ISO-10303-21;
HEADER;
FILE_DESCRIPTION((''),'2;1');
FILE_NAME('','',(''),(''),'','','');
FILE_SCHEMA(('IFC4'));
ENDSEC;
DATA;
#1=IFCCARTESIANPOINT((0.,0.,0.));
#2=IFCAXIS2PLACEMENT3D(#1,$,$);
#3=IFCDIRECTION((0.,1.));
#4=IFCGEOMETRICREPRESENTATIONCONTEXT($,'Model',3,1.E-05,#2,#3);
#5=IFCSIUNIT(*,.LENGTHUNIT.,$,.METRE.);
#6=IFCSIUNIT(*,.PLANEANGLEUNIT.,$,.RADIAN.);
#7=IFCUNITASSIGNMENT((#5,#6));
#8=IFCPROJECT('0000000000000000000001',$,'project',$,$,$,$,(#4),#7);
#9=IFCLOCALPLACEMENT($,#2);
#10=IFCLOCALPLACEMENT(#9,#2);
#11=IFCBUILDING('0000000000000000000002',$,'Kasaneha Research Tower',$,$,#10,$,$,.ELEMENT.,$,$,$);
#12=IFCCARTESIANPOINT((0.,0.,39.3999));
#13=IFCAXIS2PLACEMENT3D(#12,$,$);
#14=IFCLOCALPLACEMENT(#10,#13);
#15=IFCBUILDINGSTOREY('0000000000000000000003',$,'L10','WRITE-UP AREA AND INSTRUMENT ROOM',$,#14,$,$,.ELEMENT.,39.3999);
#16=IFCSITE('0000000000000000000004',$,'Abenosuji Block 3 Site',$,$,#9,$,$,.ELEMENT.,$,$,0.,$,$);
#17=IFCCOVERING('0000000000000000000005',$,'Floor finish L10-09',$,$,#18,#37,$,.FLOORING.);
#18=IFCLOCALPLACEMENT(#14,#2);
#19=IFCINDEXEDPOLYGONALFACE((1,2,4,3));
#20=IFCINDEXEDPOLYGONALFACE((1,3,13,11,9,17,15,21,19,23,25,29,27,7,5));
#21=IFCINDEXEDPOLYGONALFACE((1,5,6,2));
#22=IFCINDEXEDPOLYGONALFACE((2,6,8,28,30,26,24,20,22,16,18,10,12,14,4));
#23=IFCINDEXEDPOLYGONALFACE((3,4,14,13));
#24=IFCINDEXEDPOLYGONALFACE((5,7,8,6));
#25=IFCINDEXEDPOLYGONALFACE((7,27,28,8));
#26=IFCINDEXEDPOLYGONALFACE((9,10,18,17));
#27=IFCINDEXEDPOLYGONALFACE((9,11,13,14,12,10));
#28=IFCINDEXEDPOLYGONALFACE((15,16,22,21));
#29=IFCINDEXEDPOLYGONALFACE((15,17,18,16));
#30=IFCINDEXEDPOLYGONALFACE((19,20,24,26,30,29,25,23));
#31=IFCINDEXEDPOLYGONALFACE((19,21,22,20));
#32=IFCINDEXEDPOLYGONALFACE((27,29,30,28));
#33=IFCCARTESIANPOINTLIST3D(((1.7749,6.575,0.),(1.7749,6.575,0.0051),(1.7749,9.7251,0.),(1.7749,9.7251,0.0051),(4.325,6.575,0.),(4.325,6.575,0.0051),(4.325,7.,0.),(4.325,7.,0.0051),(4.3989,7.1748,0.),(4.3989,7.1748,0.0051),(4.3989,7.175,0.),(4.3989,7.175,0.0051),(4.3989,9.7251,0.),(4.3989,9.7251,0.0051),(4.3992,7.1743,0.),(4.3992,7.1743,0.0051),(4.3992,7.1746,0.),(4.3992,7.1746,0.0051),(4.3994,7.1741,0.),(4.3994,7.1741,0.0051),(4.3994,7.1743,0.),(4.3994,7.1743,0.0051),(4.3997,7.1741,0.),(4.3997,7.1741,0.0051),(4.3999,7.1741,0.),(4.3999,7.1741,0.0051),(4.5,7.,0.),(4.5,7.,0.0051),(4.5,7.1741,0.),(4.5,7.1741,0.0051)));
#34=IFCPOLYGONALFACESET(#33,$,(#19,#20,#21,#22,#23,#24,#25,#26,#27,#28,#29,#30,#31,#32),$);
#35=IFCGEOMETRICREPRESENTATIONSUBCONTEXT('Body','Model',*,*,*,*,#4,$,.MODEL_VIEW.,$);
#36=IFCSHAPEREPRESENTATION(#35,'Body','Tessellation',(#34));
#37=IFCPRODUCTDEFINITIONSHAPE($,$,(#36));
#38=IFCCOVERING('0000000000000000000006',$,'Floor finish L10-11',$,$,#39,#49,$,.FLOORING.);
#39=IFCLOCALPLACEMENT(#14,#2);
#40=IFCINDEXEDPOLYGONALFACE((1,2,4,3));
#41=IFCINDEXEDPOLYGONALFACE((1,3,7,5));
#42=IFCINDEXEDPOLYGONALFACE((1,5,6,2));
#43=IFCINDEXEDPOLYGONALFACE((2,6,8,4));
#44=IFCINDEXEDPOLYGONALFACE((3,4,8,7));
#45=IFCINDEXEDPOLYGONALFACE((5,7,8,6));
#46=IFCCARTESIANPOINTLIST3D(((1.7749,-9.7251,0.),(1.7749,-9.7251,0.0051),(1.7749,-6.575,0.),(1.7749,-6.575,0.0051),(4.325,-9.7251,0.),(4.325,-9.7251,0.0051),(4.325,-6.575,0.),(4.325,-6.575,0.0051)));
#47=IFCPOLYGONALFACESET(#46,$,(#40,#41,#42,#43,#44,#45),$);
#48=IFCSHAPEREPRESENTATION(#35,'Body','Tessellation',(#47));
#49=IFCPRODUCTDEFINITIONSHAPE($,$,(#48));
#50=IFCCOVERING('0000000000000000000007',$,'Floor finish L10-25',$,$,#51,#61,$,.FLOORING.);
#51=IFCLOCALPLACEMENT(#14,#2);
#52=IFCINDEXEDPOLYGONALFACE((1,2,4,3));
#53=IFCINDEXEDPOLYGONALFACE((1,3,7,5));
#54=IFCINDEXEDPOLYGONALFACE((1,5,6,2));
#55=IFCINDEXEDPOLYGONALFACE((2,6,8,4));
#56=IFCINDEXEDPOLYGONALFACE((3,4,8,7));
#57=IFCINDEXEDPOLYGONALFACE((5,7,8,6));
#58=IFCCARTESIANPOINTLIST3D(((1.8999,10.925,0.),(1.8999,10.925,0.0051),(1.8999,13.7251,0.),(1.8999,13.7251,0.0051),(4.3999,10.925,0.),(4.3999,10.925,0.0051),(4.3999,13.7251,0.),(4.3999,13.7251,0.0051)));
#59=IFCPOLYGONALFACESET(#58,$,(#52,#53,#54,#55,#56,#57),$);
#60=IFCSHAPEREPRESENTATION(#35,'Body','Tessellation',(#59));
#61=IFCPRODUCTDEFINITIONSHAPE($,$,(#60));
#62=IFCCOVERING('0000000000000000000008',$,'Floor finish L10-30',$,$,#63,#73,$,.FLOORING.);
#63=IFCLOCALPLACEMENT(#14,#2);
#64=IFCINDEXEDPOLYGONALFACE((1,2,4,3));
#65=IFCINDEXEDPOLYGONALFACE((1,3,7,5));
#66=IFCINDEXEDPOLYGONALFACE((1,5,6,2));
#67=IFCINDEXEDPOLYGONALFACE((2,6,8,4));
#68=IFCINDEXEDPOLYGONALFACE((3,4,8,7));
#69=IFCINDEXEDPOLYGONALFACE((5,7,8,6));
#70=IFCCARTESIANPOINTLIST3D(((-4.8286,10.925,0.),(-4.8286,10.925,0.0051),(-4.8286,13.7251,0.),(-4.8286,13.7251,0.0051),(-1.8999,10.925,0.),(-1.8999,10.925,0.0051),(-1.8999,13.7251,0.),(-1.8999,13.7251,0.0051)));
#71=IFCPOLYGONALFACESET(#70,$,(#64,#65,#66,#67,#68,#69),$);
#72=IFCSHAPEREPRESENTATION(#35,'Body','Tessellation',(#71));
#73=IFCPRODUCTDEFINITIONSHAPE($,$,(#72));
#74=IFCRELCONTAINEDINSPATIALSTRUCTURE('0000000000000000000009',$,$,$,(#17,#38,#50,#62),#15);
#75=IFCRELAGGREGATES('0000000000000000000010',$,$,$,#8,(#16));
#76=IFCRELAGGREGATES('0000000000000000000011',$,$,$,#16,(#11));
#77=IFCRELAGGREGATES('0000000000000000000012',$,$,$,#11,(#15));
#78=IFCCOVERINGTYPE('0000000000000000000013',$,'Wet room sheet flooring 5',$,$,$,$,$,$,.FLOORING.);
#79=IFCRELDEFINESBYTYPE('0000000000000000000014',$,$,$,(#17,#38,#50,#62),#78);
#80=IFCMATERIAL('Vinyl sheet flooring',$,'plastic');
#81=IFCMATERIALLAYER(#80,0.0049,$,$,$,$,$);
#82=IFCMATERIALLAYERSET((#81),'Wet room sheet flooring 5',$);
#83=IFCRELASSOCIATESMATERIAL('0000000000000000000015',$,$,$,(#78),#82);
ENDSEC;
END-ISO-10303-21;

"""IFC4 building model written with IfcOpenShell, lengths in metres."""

from ifc_helpers import new_model, si_unit, direction, frame, origin, place, context, subcontext, project, spatial, polyline, outline, extrude, material, layer, layer_set, type_object, element, save


model = new_model("IFC4")

# Units and contexts
model_context = context("Model", 3, precision=1e-05, world=origin(), true_north=direction((0.0, 1.0)))
body_context = subcontext(model_context, "Body", "Model", "MODEL_VIEW")
ifc_project = project(units=[si_unit("LENGTHUNIT", "METRE"), si_unit("PLANEANGLEUNIT", "RADIAN")], contexts=[model_context])

# Site, building, storey
site_placement = place(None, origin())
site = spatial("IfcSite", under=ifc_project, at=site_placement, Name="Abenosuji Block 3 Site", CompositionType="ELEMENT", RefElevation=0.0)
building_placement = place(site_placement, origin())
building = spatial("IfcBuilding", under=site, at=building_placement, Name="Kasaneha Research Tower", CompositionType="ELEMENT")
storey_placement = place(building_placement, frame((0.0, 0.0, 39.3999)))
storey = spatial("IfcBuildingStorey", under=building, at=storey_placement, Name="L10", Description="WRITE-UP AREA AND INSTRUMENT ROOM", CompositionType="ELEMENT", Elevation=39.3999)

# Coverings
ifc_material_1 = material(Name="Vinyl sheet flooring", Category="plastic")
ifc_layer_1 = layer(ifc_material_1, 0.0049)
ifc_layer_set_1 = layer_set([ifc_layer_1], Name="Wet room sheet flooring 5")
covering_type_1 = type_object("IfcCoveringType", Name="Wet room sheet flooring 5", PredefinedType="FLOORING", material=ifc_layer_set_1)
covering_1_placement = place(storey_placement, origin())
element("IfcCovering", 1, at=covering_1_placement, inside=storey, type_object=covering_type_1, Name="Floor finish L10-09", PredefinedType="FLOORING", context=body_context, shape_type="SweptSolid", body=[
    extrude(outline(polyline([(4.3989, 9.7251), (4.3989, 7.175), (4.3989, 7.1748), (4.3989, 7.1748), (4.3989, 7.1748), (4.3992, 7.1746), (4.3992, 7.1746), (4.3992, 7.1746), (4.3992, 7.1743), (4.3992, 7.1743), (4.3994, 7.1743), (4.3994, 7.1741), (4.3994, 7.1741), (4.3997, 7.1741), (4.3997, 7.1741), (4.3999, 7.1741), (4.3999, 7.1741), (4.3999, 7.1741), (4.5, 7.1741), (4.5, 7.0), (4.325, 7.0), (4.325, 6.575), (1.7749, 6.575), (1.7749, 9.7251), (4.3989, 9.7251)])), origin(), (0.0, 0.0, 1.0), 0.0051),
])
covering_2_placement = place(storey_placement, origin())
element("IfcCovering", 2, at=covering_2_placement, inside=storey, type_object=covering_type_1, Name="Floor finish L10-11", PredefinedType="FLOORING", context=body_context, shape_type="SweptSolid", body=[
    extrude(outline(polyline([(1.7749, -9.7251), (1.7749, -6.575), (4.325, -6.575), (4.325, -9.7251), (1.7749, -9.7251)])), origin(), (0.0, 0.0, 1.0), 0.0051),
])
covering_3_placement = place(storey_placement, origin())
element("IfcCovering", 3, at=covering_3_placement, inside=storey, type_object=covering_type_1, Name="Floor finish L10-25", PredefinedType="FLOORING", context=body_context, shape_type="SweptSolid", body=[
    extrude(outline(polyline([(1.8999, 13.7251), (4.3999, 13.7251), (4.3999, 10.925), (1.8999, 10.925), (1.8999, 13.7251)])), origin(), (0.0, 0.0, 1.0), 0.0051),
])
covering_4_placement = place(storey_placement, origin())
element("IfcCovering", 4, at=covering_4_placement, inside=storey, type_object=covering_type_1, Name="Floor finish L10-30", PredefinedType="FLOORING", context=body_context, shape_type="SweptSolid", body=[
    extrude(outline(polyline([(-4.8286, 10.925), (-4.8286, 13.7251), (-1.8999, 13.7251), (-1.8999, 10.925), (-4.8286, 10.925)])), origin(), (0.0, 0.0, 1.0), 0.0051),
])

save(model, "model.ifc")
